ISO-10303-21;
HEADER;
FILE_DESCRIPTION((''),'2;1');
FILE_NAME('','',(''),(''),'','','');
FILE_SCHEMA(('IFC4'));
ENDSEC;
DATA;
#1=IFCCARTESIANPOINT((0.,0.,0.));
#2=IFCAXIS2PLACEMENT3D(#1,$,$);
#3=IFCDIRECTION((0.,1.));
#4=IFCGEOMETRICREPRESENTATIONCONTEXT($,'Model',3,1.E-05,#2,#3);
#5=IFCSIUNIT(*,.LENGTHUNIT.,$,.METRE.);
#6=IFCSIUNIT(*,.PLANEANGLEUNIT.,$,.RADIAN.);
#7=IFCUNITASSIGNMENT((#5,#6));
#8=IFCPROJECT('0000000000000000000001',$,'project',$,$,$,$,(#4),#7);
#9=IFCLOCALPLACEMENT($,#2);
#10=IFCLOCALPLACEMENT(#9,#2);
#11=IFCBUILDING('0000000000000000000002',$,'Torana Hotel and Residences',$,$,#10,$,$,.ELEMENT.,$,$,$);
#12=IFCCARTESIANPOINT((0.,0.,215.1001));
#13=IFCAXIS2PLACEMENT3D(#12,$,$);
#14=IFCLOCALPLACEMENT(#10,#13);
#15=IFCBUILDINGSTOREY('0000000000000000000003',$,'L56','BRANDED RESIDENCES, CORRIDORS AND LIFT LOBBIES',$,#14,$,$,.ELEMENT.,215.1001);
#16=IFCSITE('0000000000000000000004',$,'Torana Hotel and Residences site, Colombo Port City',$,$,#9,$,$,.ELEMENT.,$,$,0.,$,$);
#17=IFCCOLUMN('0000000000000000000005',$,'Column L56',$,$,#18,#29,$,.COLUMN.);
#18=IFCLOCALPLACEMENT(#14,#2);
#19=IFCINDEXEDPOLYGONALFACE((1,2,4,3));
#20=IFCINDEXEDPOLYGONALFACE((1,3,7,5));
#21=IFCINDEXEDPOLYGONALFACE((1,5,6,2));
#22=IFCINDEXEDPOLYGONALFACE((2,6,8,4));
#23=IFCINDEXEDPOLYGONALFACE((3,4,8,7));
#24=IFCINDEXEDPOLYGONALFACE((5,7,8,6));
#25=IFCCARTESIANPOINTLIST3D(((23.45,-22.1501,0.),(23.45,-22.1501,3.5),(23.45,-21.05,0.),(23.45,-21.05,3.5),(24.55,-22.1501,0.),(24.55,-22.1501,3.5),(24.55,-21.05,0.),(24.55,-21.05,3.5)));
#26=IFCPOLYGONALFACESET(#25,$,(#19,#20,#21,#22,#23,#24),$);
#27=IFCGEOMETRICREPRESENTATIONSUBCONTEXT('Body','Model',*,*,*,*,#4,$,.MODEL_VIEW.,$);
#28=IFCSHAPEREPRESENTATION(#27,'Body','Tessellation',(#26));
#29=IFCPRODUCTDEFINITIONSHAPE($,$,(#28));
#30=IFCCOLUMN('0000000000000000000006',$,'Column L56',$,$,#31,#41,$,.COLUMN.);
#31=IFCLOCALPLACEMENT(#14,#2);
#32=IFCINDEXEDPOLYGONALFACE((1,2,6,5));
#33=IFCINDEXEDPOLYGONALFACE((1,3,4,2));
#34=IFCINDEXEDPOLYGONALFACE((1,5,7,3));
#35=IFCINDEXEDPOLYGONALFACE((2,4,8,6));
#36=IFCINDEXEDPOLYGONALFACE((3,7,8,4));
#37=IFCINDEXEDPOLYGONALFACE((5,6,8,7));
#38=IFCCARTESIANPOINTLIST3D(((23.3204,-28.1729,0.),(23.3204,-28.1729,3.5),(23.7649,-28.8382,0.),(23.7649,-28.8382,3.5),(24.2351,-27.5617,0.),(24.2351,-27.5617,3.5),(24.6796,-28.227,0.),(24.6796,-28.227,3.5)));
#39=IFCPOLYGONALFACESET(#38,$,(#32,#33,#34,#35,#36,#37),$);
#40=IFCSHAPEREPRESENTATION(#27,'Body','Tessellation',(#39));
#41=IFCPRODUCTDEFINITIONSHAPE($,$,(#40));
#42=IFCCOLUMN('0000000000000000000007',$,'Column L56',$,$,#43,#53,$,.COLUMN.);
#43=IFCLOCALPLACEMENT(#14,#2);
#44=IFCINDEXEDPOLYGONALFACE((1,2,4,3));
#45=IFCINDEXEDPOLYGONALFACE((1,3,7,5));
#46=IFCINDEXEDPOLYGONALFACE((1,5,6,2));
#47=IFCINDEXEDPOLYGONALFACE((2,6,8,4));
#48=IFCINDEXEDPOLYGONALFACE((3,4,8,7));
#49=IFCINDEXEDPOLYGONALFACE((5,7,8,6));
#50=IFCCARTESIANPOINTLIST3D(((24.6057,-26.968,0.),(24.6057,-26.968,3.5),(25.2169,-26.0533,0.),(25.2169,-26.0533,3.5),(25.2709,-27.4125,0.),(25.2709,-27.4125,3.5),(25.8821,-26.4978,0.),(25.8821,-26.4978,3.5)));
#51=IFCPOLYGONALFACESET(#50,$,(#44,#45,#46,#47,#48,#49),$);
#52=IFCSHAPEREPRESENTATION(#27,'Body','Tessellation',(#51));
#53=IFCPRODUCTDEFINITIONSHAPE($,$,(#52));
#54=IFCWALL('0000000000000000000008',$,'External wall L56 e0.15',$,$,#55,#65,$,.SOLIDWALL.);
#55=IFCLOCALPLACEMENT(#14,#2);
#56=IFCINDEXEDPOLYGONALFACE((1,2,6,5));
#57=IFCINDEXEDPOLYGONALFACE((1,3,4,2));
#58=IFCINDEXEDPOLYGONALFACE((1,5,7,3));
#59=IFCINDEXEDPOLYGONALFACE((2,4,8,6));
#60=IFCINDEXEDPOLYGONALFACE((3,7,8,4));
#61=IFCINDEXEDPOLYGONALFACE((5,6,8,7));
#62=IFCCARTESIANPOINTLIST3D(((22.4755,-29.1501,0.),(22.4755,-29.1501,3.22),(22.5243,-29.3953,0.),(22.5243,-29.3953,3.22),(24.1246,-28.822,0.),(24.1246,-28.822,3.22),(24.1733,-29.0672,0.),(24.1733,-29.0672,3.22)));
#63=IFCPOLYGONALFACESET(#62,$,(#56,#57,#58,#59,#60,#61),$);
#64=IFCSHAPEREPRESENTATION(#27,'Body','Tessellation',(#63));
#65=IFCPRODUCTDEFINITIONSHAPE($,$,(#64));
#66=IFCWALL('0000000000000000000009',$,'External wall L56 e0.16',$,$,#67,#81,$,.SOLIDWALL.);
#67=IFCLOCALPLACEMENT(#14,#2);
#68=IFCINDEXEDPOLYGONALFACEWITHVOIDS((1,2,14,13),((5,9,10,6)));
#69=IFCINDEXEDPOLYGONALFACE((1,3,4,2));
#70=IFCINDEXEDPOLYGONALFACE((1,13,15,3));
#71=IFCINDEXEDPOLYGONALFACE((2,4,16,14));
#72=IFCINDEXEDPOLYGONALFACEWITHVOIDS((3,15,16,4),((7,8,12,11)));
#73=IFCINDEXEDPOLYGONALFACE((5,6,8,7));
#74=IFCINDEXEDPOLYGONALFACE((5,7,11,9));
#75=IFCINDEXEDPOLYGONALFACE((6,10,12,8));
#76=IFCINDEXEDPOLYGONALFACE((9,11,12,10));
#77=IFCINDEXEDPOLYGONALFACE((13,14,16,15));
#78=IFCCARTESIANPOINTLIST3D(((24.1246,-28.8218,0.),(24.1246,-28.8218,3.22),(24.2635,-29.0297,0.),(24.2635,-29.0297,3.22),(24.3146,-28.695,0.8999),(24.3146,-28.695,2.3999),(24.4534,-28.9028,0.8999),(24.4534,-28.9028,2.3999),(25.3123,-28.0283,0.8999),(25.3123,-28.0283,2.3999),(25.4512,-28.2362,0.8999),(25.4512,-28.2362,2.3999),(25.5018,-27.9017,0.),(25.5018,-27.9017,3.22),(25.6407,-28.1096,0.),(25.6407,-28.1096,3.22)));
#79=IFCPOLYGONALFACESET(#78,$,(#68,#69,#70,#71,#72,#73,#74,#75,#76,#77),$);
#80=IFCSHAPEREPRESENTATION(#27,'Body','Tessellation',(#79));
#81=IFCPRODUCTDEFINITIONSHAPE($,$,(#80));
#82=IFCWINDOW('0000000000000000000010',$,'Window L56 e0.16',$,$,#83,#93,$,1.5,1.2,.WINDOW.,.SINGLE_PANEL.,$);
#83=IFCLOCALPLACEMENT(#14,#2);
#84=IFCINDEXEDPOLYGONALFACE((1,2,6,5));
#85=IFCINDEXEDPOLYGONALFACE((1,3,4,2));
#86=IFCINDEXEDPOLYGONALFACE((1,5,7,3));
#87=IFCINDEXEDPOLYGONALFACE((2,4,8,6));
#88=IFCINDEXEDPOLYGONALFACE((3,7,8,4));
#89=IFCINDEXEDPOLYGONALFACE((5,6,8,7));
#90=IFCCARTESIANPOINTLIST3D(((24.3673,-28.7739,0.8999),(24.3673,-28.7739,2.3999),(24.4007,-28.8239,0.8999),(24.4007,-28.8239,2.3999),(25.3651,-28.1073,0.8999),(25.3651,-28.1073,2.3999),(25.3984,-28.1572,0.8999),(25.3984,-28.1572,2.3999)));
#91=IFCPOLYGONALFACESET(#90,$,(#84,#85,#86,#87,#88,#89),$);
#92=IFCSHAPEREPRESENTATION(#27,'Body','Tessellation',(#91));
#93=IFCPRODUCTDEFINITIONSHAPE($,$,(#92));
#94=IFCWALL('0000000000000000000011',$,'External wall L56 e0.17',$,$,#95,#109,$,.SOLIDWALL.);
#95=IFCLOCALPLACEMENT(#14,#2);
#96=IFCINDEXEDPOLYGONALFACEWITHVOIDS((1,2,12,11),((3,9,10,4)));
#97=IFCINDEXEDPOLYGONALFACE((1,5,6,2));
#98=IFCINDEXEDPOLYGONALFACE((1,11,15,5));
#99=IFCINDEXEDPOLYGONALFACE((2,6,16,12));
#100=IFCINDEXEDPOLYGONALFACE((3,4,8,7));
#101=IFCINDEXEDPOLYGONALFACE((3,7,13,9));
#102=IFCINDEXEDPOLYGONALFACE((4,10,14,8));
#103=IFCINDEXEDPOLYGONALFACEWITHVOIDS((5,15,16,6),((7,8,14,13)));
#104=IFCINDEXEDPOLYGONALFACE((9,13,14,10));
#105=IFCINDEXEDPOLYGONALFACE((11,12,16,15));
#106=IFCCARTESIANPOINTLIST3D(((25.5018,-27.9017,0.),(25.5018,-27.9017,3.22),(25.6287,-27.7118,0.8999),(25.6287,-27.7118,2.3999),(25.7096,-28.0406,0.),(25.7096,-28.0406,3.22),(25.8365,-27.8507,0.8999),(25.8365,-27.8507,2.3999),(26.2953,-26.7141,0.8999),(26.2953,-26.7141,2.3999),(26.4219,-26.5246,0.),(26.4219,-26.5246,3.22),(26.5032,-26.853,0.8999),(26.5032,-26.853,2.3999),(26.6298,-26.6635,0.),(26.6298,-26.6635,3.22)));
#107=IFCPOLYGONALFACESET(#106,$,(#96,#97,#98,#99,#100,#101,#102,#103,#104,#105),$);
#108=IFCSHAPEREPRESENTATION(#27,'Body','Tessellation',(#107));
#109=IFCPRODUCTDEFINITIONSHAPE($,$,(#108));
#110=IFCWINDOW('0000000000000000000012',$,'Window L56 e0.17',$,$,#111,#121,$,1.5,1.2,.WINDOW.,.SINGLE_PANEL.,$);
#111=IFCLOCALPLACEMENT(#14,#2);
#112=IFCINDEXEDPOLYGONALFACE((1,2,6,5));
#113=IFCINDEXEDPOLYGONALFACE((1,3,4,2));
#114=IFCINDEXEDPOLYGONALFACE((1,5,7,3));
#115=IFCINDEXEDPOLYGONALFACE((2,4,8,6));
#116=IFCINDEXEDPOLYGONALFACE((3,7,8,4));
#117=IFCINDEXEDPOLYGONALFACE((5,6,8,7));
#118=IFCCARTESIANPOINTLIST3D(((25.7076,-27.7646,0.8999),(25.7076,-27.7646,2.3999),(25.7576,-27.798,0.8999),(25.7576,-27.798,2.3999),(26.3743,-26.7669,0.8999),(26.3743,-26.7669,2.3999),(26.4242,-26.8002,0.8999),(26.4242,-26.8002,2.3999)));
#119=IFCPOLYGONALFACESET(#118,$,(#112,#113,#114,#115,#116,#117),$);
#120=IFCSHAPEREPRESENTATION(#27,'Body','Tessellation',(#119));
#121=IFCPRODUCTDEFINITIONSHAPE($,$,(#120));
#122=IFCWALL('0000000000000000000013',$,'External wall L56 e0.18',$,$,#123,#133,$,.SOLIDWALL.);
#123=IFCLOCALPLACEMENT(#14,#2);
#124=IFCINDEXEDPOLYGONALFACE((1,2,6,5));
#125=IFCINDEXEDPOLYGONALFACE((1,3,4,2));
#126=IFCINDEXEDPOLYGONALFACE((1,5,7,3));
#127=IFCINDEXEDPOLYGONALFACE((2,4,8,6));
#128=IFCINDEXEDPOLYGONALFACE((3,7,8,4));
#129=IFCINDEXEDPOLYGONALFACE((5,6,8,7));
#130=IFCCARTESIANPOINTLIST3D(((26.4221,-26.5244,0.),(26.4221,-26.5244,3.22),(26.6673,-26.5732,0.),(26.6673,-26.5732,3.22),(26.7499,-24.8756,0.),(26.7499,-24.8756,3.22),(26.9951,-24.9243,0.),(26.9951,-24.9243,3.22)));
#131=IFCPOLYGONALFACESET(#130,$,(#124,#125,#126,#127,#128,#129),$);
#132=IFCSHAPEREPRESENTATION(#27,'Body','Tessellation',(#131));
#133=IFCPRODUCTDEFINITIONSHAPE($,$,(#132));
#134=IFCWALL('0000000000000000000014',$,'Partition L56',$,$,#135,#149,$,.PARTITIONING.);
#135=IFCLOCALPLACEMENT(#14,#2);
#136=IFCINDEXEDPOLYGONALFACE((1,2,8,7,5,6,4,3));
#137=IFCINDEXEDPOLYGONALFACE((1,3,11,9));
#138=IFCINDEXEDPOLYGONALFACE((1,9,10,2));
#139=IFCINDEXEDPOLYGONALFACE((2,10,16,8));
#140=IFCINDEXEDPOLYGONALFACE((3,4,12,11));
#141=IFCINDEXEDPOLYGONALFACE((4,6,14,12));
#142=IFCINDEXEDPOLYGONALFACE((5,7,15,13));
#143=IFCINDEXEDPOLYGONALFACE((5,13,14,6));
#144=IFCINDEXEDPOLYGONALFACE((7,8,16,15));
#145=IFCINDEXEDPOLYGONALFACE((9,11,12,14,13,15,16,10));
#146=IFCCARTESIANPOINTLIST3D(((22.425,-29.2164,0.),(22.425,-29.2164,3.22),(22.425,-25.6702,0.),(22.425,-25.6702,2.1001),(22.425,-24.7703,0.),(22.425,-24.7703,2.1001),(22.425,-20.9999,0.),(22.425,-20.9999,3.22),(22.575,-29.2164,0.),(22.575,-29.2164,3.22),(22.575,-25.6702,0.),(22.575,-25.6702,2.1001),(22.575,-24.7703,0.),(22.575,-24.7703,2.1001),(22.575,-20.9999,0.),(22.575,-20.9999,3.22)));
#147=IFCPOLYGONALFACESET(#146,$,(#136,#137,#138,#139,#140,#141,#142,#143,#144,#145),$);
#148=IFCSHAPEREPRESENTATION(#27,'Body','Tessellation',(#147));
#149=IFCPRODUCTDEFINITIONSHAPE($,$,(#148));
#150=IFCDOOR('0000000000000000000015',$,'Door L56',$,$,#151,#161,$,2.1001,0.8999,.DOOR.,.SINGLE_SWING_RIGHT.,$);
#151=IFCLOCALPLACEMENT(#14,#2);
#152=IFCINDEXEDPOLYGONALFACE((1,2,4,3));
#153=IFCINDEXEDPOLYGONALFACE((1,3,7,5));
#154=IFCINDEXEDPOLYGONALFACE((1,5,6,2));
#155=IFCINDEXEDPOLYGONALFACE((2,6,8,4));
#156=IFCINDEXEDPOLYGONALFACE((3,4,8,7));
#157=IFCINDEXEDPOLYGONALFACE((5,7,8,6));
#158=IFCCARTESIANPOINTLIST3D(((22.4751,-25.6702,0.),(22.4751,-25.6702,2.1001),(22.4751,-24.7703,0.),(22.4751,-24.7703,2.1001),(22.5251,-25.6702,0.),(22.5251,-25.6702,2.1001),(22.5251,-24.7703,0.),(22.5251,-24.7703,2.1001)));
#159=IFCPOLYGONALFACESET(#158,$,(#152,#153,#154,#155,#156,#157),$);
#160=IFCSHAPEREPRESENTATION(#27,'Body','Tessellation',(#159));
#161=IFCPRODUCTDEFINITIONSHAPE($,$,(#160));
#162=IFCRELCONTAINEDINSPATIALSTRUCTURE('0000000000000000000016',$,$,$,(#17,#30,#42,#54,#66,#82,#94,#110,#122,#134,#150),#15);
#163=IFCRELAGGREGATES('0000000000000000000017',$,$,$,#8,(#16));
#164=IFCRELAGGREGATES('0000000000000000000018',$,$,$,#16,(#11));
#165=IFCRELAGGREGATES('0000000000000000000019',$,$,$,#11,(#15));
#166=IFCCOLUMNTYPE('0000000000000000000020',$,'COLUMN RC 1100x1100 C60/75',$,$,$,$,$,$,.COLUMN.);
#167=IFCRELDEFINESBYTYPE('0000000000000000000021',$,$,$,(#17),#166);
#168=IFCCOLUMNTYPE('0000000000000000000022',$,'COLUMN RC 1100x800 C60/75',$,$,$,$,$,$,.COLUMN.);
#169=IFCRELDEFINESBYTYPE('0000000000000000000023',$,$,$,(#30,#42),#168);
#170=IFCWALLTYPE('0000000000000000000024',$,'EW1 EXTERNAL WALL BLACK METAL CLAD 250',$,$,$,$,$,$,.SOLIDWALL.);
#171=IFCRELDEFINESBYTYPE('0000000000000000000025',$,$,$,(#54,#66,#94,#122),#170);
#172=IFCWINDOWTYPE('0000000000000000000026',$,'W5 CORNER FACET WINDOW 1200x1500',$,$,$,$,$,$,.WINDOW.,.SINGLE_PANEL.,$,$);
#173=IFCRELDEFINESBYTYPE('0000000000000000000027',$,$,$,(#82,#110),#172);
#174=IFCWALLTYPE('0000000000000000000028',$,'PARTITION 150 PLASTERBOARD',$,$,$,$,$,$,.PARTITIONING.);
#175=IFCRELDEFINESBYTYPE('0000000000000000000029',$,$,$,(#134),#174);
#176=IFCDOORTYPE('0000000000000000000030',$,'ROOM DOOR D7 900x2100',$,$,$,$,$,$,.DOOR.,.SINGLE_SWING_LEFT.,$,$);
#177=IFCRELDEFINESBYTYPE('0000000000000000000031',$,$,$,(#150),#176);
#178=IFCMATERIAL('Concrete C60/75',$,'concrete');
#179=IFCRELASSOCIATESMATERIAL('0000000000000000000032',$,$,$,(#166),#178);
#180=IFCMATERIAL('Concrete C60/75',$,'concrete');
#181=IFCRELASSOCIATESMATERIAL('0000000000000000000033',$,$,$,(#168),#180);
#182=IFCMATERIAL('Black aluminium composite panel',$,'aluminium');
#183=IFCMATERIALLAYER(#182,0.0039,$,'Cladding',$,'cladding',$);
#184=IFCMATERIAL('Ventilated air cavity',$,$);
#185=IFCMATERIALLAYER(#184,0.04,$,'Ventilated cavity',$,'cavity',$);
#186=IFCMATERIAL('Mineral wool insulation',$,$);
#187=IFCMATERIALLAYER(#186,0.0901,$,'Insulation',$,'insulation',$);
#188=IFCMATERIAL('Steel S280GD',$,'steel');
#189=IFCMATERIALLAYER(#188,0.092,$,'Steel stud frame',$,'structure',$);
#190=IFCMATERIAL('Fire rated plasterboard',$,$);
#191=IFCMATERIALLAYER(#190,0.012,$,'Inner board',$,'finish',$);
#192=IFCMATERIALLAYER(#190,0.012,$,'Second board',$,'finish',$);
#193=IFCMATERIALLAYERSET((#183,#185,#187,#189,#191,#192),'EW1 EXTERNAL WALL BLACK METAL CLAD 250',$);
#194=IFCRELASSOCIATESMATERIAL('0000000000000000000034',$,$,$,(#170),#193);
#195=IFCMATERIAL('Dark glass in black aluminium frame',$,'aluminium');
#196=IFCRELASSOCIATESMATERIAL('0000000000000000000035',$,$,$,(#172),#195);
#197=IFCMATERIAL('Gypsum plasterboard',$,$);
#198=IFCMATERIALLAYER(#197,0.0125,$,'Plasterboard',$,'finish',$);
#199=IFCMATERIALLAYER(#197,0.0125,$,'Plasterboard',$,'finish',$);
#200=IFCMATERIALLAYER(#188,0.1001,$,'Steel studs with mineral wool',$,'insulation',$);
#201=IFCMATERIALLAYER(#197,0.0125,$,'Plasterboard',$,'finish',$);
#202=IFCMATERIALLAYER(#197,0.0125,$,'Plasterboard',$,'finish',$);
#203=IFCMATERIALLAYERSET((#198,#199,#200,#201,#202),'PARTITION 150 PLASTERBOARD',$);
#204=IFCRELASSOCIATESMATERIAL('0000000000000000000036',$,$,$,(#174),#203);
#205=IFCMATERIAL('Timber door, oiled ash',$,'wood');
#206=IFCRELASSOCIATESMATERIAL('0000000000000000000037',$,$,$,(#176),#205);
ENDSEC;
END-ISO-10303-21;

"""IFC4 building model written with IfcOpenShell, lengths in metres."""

from ifc_helpers import new_model, si_unit, direction, frame, frame_2d, origin, origin_2d, place, context, subcontext, project, spatial, rectangle, extrude, material, layer, layer_set, material_profile, profile_set, type_object, element, fill, save


model = new_model("IFC4")

# Units and contexts
model_context = context("Model", 3, precision=1e-05, world=origin(), true_north=direction((0.0, 1.0)))
body_context = subcontext(model_context, "Body", "Model", "MODEL_VIEW")
ifc_project = project(units=[si_unit("LENGTHUNIT", "METRE"), si_unit("PLANEANGLEUNIT", "RADIAN")], contexts=[model_context])

# Site, building, storey
site_placement = place(None, origin())
site = spatial("IfcSite", under=ifc_project, at=site_placement, Name="Torana Hotel and Residences site, Colombo Port City", CompositionType="ELEMENT", RefElevation=0.0)
building_placement = place(site_placement, origin())
building = spatial("IfcBuilding", under=site, at=building_placement, Name="Torana Hotel and Residences", CompositionType="ELEMENT")
storey_placement = place(building_placement, frame((0.0, 0.0, 215.1001)))
storey = spatial("IfcBuildingStorey", under=building, at=storey_placement, Name="L56", Description="BRANDED RESIDENCES, CORRIDORS AND LIFT LOBBIES", CompositionType="ELEMENT", Elevation=215.1001)

# Columns
ifc_material_1 = material(Name="Concrete C60/75", Category="concrete")
ifc_material_profile_1 = material_profile(ifc_material_1, rectangle(XDim=1.1001, YDim=1.1001, at=origin_2d()), Name="RC 1100x1100")
ifc_profile_set_1 = profile_set([ifc_material_profile_1], Name="Concrete C60/75")
column_type_1 = type_object("IfcColumnType", Name="COLUMN RC 1100x1100 C60/75", PredefinedType="COLUMN", material=ifc_profile_set_1)
column_placement = place(storey_placement, frame((24.0, -21.6001, 0.0), z_axis=(0.0, 0.0, 1.0), x_axis=(1.0, 0.0, 0.0)))
element("IfcColumn", 1, at=column_placement, inside=storey, type_object=column_type_1, Name="Column L56", PredefinedType="COLUMN", context=body_context, shape_type="SweptSolid", body=[
    extrude(rectangle(XDim=1.1001, YDim=1.1001, at=origin_2d()), origin(), (0.0, 0.0, 1.0), 3.5),
])
ifc_material_2 = material(Name="Concrete C60/75", Category="concrete")
ifc_material_profile_2 = material_profile(ifc_material_2, rectangle(XDim=1.1001, YDim=0.8, at=origin_2d()), Name="RC 1100x800")
ifc_profile_set_2 = profile_set([ifc_material_profile_2], Name="Concrete C60/75")
column_type_2 = type_object("IfcColumnType", Name="COLUMN RC 1100x800 C60/75", PredefinedType="COLUMN", material=ifc_profile_set_2)
for number, where, z_axis, x_axis, name in (
    (2, (24.0, -28.2, 0.0), (0.0, 0.0, 1.0), (0.83146, 0.555585, 0.0), "Column L56"),
    (3, (25.2439, -26.7329, 0.0), (0.0, 0.0, 1.0), (0.555585, 0.83146, 0.0), "Column L56"),
):
    element("IfcColumn", number, at=place(storey_placement, frame(where, z_axis=z_axis, x_axis=x_axis)), inside=storey, type_object=column_type_2, Name=name, PredefinedType="COLUMN", context=body_context, shape_type="SweptSolid", body=[
        extrude(rectangle(XDim=1.1001, YDim=0.8, at=origin_2d()), origin(), (0.0, 0.0, 1.0), 3.5),
    ])

# Wall
ifc_material_3 = material(Name="Black aluminium composite panel", Category="aluminium")
ifc_layer_1 = layer(ifc_material_3, 0.0039, Name="Cladding", Category="cladding")
ifc_material_4 = material(Name="Ventilated air cavity")
ifc_layer_2 = layer(ifc_material_4, 0.04, Name="Ventilated cavity", Category="cavity")
ifc_material_5 = material(Name="Mineral wool insulation")
ifc_layer_3 = layer(ifc_material_5, 0.0901, Name="Insulation", Category="insulation")
ifc_material_6 = material(Name="Steel S280GD", Category="steel")
ifc_layer_4 = layer(ifc_material_6, 0.092, Name="Steel stud frame", Category="structure")
ifc_material_7 = material(Name="Fire rated plasterboard")
ifc_layer_5 = layer(ifc_material_7, 0.012, Name="Inner board", Category="finish")
ifc_layer_6 = layer(ifc_material_7, 0.012, Name="Second board", Category="finish")
ifc_layer_set_1 = layer_set([ifc_layer_1, ifc_layer_2, ifc_layer_3, ifc_layer_4, ifc_layer_5, ifc_layer_6], Name="EW1 EXTERNAL WALL BLACK METAL CLAD 250")
wall_type_1 = type_object("IfcWallType", Name="EW1 EXTERNAL WALL BLACK METAL CLAD 250", PredefinedType="SOLIDWALL", material=ifc_layer_set_1)
wall_1_placement = place(storey_placement, frame((22.4998, -29.2727, 0.0), z_axis=(0.0, 0.0, 1.0), x_axis=(0.980776, 0.195139, 0.0)))
element("IfcWall", 4, at=wall_1_placement, inside=storey, type_object=wall_type_1, Name="External wall L56 e0.15", PredefinedType="SOLIDWALL", context=body_context, shape_type="SweptSolid", body=[
    extrude(rectangle(XDim=1.6814, YDim=0.25, at=frame_2d((0.8408, 0.0))), origin(), (0.0, 0.0, 1.0), 3.22),
])

# Walls, openings, windows
wall_2_placement = place(storey_placement, frame((24.1941, -28.9258, 0.0), z_axis=(0.0, 0.0, 1.0), x_axis=(0.831483, 0.55555, 0.0)))
wall_2 = element("IfcWall", 5, at=wall_2_placement, inside=storey, type_object=wall_type_1, Name="External wall L56 e0.16", PredefinedType="SOLIDWALL", context=body_context, shape_type="SweptSolid", body=[
    extrude(rectangle(XDim=1.6562, YDim=0.25, at=frame_2d((0.8281, 0.0))), origin(), (0.0, 0.0, 1.0), 3.22),
])
opening_1_placement = place(wall_2_placement, frame((0.2283, 0.0, 0.8999)))
opening_1 = element("IfcOpeningElement", 6, at=opening_1_placement, cuts=wall_2, PredefinedType="OPENING", context=body_context, shape_type="SweptSolid", body=[
    extrude(rectangle(XDim=1.2, YDim=1.5, at=frame_2d((0.6001, 0.75))), frame((0.0, 0.135, 0.0), z_axis=(0.0, -1.0, 0.0), x_axis=(1.0, 0.0, 0.0)), (0.0, 0.0, 1.0), 0.27),
])
ifc_material_8 = material(Name="Dark glass in black aluminium frame", Category="aluminium")
window_type = type_object("IfcWindowType", Name="W5 CORNER FACET WINDOW 1200x1500", PartitioningType="SINGLE_PANEL", PredefinedType="WINDOW", material=ifc_material_8)
window_1_placement = place(opening_1_placement, origin())
window_1 = element("IfcWindow", 7, at=window_1_placement, inside=storey, type_object=window_type, Name="Window L56 e0.16", OverallHeight=1.5, OverallWidth=1.2, PartitioningType="SINGLE_PANEL", PredefinedType="WINDOW", context=body_context, shape_type="SweptSolid", body=[
    extrude(rectangle(XDim=1.2, YDim=1.5, at=frame_2d((0.6001, 0.75))), frame((0.0, 0.03, 0.0), z_axis=(0.0, -1.0, 0.0), x_axis=(1.0, 0.0, 0.0)), (0.0, 0.0, 1.0), 0.0601),
])
fill(opening_1, window_1)
wall_3_placement = place(storey_placement, frame((25.6057, -27.9712, 0.0), z_axis=(0.0, 0.0, 1.0), x_axis=(0.55555, 0.831483, 0.0)))
wall_3 = element("IfcWall", 8, at=wall_3_placement, inside=storey, type_object=wall_type_1, Name="External wall L56 e0.17", PredefinedType="SOLIDWALL", context=body_context, shape_type="SweptSolid", body=[
    extrude(rectangle(XDim=1.6562, YDim=0.25, at=frame_2d((0.8281, 0.0))), origin(), (0.0, 0.0, 1.0), 3.22),
])
opening_2_placement = place(wall_3_placement, frame((0.2283, 0.0, 0.8999)))
opening_2 = element("IfcOpeningElement", 9, at=opening_2_placement, cuts=wall_3, PredefinedType="OPENING", context=body_context, shape_type="SweptSolid", body=[
    extrude(rectangle(XDim=1.2, YDim=1.5, at=frame_2d((0.6001, 0.75))), frame((0.0, 0.135, 0.0), z_axis=(0.0, -1.0, 0.0), x_axis=(1.0, 0.0, 0.0)), (0.0, 0.0, 1.0), 0.27),
])
window_2_placement = place(opening_2_placement, origin())
window_2 = element("IfcWindow", 10, at=window_2_placement, inside=storey, type_object=window_type, Name="Window L56 e0.17", OverallHeight=1.5, OverallWidth=1.2, PartitioningType="SINGLE_PANEL", PredefinedType="WINDOW", context=body_context, shape_type="SweptSolid", body=[
    extrude(rectangle(XDim=1.2, YDim=1.5, at=frame_2d((0.6001, 0.75))), frame((0.0, 0.03, 0.0), z_axis=(0.0, -1.0, 0.0), x_axis=(1.0, 0.0, 0.0)), (0.0, 0.0, 1.0), 0.0601),
])
fill(opening_2, window_2)

# Wall
wall_4_placement = place(storey_placement, frame((26.5447, -26.5488, 0.0), z_axis=(0.0, 0.0, 1.0), x_axis=(0.195027, 0.980798, 0.0)))
element("IfcWall", 11, at=wall_4_placement, inside=storey, type_object=wall_type_1, Name="External wall L56 e0.18", PredefinedType="SOLIDWALL", context=body_context, shape_type="SweptSolid", body=[
    extrude(rectangle(XDim=1.6812, YDim=0.25, at=frame_2d((0.8406, 0.0))), origin(), (0.0, 0.0, 1.0), 3.22),
])

# Wall, opening, door
ifc_material_9 = material(Name="Gypsum plasterboard")
ifc_layer_7 = layer(ifc_material_9, 0.0125, Name="Plasterboard", Category="finish")
ifc_layer_8 = layer(ifc_material_9, 0.0125, Name="Plasterboard", Category="finish")
ifc_layer_9 = layer(ifc_material_6, 0.1001, Name="Steel studs with mineral wool", Category="insulation")
ifc_layer_10 = layer(ifc_material_9, 0.0125, Name="Plasterboard", Category="finish")
ifc_layer_11 = layer(ifc_material_9, 0.0125, Name="Plasterboard", Category="finish")
ifc_layer_set_2 = layer_set([ifc_layer_7, ifc_layer_8, ifc_layer_9, ifc_layer_10, ifc_layer_11], Name="PARTITION 150 PLASTERBOARD")
wall_type_2 = type_object("IfcWallType", Name="PARTITION 150 PLASTERBOARD", PredefinedType="PARTITIONING", material=ifc_layer_set_2)
wall_5_placement = place(storey_placement, frame((22.5, -29.2166, 0.0), z_axis=(0.0, 0.0, 1.0), x_axis=(0.0, 1.0, 0.0)))
wall_5 = element("IfcWall", 12, at=wall_5_placement, inside=storey, type_object=wall_type_2, Name="Partition L56", PredefinedType="PARTITIONING", context=body_context, shape_type="SweptSolid", body=[
    extrude(rectangle(XDim=8.2166, YDim=0.1499, at=frame_2d((4.1084, 0.0))), origin(), (0.0, 0.0, 1.0), 3.22),
])
opening_3_placement = place(wall_5_placement, frame((3.5464, 0.0, 0.0)))
opening_3 = element("IfcOpeningElement", 13, at=opening_3_placement, cuts=wall_5, PredefinedType="OPENING", context=body_context, shape_type="SweptSolid", body=[
    extrude(rectangle(XDim=0.8999, YDim=2.1001, at=frame_2d((0.45, 1.05))), frame((0.0, 0.085, 0.0), z_axis=(0.0, -1.0, 0.0), x_axis=(1.0, 0.0, 0.0)), (0.0, 0.0, 1.0), 0.1699),
])
ifc_material_10 = material(Name="Timber door, oiled ash", Category="wood")
door_type_1 = type_object("IfcDoorType", Name="ROOM DOOR D7 900x2100", OperationType="SINGLE_SWING_LEFT", PredefinedType="DOOR", material=ifc_material_10)
door_1_placement = place(opening_3_placement, origin())
door_1 = element("IfcDoor", 14, at=door_1_placement, inside=storey, type_object=door_type_1, Name="Door L56", OperationType="SINGLE_SWING_RIGHT", OverallHeight=2.1001, OverallWidth=0.8999, PredefinedType="DOOR", context=body_context, shape_type="SweptSolid", body=[
    extrude(rectangle(XDim=0.8999, YDim=2.1001, at=frame_2d((0.45, 1.05))), frame((0.0, 0.0249, 0.0), z_axis=(0.0, -1.0, 0.0), x_axis=(1.0, 0.0, 0.0)), (0.0, 0.0, 1.0), 0.05),
])
fill(opening_3, door_1)

save(model, "model.ifc")
